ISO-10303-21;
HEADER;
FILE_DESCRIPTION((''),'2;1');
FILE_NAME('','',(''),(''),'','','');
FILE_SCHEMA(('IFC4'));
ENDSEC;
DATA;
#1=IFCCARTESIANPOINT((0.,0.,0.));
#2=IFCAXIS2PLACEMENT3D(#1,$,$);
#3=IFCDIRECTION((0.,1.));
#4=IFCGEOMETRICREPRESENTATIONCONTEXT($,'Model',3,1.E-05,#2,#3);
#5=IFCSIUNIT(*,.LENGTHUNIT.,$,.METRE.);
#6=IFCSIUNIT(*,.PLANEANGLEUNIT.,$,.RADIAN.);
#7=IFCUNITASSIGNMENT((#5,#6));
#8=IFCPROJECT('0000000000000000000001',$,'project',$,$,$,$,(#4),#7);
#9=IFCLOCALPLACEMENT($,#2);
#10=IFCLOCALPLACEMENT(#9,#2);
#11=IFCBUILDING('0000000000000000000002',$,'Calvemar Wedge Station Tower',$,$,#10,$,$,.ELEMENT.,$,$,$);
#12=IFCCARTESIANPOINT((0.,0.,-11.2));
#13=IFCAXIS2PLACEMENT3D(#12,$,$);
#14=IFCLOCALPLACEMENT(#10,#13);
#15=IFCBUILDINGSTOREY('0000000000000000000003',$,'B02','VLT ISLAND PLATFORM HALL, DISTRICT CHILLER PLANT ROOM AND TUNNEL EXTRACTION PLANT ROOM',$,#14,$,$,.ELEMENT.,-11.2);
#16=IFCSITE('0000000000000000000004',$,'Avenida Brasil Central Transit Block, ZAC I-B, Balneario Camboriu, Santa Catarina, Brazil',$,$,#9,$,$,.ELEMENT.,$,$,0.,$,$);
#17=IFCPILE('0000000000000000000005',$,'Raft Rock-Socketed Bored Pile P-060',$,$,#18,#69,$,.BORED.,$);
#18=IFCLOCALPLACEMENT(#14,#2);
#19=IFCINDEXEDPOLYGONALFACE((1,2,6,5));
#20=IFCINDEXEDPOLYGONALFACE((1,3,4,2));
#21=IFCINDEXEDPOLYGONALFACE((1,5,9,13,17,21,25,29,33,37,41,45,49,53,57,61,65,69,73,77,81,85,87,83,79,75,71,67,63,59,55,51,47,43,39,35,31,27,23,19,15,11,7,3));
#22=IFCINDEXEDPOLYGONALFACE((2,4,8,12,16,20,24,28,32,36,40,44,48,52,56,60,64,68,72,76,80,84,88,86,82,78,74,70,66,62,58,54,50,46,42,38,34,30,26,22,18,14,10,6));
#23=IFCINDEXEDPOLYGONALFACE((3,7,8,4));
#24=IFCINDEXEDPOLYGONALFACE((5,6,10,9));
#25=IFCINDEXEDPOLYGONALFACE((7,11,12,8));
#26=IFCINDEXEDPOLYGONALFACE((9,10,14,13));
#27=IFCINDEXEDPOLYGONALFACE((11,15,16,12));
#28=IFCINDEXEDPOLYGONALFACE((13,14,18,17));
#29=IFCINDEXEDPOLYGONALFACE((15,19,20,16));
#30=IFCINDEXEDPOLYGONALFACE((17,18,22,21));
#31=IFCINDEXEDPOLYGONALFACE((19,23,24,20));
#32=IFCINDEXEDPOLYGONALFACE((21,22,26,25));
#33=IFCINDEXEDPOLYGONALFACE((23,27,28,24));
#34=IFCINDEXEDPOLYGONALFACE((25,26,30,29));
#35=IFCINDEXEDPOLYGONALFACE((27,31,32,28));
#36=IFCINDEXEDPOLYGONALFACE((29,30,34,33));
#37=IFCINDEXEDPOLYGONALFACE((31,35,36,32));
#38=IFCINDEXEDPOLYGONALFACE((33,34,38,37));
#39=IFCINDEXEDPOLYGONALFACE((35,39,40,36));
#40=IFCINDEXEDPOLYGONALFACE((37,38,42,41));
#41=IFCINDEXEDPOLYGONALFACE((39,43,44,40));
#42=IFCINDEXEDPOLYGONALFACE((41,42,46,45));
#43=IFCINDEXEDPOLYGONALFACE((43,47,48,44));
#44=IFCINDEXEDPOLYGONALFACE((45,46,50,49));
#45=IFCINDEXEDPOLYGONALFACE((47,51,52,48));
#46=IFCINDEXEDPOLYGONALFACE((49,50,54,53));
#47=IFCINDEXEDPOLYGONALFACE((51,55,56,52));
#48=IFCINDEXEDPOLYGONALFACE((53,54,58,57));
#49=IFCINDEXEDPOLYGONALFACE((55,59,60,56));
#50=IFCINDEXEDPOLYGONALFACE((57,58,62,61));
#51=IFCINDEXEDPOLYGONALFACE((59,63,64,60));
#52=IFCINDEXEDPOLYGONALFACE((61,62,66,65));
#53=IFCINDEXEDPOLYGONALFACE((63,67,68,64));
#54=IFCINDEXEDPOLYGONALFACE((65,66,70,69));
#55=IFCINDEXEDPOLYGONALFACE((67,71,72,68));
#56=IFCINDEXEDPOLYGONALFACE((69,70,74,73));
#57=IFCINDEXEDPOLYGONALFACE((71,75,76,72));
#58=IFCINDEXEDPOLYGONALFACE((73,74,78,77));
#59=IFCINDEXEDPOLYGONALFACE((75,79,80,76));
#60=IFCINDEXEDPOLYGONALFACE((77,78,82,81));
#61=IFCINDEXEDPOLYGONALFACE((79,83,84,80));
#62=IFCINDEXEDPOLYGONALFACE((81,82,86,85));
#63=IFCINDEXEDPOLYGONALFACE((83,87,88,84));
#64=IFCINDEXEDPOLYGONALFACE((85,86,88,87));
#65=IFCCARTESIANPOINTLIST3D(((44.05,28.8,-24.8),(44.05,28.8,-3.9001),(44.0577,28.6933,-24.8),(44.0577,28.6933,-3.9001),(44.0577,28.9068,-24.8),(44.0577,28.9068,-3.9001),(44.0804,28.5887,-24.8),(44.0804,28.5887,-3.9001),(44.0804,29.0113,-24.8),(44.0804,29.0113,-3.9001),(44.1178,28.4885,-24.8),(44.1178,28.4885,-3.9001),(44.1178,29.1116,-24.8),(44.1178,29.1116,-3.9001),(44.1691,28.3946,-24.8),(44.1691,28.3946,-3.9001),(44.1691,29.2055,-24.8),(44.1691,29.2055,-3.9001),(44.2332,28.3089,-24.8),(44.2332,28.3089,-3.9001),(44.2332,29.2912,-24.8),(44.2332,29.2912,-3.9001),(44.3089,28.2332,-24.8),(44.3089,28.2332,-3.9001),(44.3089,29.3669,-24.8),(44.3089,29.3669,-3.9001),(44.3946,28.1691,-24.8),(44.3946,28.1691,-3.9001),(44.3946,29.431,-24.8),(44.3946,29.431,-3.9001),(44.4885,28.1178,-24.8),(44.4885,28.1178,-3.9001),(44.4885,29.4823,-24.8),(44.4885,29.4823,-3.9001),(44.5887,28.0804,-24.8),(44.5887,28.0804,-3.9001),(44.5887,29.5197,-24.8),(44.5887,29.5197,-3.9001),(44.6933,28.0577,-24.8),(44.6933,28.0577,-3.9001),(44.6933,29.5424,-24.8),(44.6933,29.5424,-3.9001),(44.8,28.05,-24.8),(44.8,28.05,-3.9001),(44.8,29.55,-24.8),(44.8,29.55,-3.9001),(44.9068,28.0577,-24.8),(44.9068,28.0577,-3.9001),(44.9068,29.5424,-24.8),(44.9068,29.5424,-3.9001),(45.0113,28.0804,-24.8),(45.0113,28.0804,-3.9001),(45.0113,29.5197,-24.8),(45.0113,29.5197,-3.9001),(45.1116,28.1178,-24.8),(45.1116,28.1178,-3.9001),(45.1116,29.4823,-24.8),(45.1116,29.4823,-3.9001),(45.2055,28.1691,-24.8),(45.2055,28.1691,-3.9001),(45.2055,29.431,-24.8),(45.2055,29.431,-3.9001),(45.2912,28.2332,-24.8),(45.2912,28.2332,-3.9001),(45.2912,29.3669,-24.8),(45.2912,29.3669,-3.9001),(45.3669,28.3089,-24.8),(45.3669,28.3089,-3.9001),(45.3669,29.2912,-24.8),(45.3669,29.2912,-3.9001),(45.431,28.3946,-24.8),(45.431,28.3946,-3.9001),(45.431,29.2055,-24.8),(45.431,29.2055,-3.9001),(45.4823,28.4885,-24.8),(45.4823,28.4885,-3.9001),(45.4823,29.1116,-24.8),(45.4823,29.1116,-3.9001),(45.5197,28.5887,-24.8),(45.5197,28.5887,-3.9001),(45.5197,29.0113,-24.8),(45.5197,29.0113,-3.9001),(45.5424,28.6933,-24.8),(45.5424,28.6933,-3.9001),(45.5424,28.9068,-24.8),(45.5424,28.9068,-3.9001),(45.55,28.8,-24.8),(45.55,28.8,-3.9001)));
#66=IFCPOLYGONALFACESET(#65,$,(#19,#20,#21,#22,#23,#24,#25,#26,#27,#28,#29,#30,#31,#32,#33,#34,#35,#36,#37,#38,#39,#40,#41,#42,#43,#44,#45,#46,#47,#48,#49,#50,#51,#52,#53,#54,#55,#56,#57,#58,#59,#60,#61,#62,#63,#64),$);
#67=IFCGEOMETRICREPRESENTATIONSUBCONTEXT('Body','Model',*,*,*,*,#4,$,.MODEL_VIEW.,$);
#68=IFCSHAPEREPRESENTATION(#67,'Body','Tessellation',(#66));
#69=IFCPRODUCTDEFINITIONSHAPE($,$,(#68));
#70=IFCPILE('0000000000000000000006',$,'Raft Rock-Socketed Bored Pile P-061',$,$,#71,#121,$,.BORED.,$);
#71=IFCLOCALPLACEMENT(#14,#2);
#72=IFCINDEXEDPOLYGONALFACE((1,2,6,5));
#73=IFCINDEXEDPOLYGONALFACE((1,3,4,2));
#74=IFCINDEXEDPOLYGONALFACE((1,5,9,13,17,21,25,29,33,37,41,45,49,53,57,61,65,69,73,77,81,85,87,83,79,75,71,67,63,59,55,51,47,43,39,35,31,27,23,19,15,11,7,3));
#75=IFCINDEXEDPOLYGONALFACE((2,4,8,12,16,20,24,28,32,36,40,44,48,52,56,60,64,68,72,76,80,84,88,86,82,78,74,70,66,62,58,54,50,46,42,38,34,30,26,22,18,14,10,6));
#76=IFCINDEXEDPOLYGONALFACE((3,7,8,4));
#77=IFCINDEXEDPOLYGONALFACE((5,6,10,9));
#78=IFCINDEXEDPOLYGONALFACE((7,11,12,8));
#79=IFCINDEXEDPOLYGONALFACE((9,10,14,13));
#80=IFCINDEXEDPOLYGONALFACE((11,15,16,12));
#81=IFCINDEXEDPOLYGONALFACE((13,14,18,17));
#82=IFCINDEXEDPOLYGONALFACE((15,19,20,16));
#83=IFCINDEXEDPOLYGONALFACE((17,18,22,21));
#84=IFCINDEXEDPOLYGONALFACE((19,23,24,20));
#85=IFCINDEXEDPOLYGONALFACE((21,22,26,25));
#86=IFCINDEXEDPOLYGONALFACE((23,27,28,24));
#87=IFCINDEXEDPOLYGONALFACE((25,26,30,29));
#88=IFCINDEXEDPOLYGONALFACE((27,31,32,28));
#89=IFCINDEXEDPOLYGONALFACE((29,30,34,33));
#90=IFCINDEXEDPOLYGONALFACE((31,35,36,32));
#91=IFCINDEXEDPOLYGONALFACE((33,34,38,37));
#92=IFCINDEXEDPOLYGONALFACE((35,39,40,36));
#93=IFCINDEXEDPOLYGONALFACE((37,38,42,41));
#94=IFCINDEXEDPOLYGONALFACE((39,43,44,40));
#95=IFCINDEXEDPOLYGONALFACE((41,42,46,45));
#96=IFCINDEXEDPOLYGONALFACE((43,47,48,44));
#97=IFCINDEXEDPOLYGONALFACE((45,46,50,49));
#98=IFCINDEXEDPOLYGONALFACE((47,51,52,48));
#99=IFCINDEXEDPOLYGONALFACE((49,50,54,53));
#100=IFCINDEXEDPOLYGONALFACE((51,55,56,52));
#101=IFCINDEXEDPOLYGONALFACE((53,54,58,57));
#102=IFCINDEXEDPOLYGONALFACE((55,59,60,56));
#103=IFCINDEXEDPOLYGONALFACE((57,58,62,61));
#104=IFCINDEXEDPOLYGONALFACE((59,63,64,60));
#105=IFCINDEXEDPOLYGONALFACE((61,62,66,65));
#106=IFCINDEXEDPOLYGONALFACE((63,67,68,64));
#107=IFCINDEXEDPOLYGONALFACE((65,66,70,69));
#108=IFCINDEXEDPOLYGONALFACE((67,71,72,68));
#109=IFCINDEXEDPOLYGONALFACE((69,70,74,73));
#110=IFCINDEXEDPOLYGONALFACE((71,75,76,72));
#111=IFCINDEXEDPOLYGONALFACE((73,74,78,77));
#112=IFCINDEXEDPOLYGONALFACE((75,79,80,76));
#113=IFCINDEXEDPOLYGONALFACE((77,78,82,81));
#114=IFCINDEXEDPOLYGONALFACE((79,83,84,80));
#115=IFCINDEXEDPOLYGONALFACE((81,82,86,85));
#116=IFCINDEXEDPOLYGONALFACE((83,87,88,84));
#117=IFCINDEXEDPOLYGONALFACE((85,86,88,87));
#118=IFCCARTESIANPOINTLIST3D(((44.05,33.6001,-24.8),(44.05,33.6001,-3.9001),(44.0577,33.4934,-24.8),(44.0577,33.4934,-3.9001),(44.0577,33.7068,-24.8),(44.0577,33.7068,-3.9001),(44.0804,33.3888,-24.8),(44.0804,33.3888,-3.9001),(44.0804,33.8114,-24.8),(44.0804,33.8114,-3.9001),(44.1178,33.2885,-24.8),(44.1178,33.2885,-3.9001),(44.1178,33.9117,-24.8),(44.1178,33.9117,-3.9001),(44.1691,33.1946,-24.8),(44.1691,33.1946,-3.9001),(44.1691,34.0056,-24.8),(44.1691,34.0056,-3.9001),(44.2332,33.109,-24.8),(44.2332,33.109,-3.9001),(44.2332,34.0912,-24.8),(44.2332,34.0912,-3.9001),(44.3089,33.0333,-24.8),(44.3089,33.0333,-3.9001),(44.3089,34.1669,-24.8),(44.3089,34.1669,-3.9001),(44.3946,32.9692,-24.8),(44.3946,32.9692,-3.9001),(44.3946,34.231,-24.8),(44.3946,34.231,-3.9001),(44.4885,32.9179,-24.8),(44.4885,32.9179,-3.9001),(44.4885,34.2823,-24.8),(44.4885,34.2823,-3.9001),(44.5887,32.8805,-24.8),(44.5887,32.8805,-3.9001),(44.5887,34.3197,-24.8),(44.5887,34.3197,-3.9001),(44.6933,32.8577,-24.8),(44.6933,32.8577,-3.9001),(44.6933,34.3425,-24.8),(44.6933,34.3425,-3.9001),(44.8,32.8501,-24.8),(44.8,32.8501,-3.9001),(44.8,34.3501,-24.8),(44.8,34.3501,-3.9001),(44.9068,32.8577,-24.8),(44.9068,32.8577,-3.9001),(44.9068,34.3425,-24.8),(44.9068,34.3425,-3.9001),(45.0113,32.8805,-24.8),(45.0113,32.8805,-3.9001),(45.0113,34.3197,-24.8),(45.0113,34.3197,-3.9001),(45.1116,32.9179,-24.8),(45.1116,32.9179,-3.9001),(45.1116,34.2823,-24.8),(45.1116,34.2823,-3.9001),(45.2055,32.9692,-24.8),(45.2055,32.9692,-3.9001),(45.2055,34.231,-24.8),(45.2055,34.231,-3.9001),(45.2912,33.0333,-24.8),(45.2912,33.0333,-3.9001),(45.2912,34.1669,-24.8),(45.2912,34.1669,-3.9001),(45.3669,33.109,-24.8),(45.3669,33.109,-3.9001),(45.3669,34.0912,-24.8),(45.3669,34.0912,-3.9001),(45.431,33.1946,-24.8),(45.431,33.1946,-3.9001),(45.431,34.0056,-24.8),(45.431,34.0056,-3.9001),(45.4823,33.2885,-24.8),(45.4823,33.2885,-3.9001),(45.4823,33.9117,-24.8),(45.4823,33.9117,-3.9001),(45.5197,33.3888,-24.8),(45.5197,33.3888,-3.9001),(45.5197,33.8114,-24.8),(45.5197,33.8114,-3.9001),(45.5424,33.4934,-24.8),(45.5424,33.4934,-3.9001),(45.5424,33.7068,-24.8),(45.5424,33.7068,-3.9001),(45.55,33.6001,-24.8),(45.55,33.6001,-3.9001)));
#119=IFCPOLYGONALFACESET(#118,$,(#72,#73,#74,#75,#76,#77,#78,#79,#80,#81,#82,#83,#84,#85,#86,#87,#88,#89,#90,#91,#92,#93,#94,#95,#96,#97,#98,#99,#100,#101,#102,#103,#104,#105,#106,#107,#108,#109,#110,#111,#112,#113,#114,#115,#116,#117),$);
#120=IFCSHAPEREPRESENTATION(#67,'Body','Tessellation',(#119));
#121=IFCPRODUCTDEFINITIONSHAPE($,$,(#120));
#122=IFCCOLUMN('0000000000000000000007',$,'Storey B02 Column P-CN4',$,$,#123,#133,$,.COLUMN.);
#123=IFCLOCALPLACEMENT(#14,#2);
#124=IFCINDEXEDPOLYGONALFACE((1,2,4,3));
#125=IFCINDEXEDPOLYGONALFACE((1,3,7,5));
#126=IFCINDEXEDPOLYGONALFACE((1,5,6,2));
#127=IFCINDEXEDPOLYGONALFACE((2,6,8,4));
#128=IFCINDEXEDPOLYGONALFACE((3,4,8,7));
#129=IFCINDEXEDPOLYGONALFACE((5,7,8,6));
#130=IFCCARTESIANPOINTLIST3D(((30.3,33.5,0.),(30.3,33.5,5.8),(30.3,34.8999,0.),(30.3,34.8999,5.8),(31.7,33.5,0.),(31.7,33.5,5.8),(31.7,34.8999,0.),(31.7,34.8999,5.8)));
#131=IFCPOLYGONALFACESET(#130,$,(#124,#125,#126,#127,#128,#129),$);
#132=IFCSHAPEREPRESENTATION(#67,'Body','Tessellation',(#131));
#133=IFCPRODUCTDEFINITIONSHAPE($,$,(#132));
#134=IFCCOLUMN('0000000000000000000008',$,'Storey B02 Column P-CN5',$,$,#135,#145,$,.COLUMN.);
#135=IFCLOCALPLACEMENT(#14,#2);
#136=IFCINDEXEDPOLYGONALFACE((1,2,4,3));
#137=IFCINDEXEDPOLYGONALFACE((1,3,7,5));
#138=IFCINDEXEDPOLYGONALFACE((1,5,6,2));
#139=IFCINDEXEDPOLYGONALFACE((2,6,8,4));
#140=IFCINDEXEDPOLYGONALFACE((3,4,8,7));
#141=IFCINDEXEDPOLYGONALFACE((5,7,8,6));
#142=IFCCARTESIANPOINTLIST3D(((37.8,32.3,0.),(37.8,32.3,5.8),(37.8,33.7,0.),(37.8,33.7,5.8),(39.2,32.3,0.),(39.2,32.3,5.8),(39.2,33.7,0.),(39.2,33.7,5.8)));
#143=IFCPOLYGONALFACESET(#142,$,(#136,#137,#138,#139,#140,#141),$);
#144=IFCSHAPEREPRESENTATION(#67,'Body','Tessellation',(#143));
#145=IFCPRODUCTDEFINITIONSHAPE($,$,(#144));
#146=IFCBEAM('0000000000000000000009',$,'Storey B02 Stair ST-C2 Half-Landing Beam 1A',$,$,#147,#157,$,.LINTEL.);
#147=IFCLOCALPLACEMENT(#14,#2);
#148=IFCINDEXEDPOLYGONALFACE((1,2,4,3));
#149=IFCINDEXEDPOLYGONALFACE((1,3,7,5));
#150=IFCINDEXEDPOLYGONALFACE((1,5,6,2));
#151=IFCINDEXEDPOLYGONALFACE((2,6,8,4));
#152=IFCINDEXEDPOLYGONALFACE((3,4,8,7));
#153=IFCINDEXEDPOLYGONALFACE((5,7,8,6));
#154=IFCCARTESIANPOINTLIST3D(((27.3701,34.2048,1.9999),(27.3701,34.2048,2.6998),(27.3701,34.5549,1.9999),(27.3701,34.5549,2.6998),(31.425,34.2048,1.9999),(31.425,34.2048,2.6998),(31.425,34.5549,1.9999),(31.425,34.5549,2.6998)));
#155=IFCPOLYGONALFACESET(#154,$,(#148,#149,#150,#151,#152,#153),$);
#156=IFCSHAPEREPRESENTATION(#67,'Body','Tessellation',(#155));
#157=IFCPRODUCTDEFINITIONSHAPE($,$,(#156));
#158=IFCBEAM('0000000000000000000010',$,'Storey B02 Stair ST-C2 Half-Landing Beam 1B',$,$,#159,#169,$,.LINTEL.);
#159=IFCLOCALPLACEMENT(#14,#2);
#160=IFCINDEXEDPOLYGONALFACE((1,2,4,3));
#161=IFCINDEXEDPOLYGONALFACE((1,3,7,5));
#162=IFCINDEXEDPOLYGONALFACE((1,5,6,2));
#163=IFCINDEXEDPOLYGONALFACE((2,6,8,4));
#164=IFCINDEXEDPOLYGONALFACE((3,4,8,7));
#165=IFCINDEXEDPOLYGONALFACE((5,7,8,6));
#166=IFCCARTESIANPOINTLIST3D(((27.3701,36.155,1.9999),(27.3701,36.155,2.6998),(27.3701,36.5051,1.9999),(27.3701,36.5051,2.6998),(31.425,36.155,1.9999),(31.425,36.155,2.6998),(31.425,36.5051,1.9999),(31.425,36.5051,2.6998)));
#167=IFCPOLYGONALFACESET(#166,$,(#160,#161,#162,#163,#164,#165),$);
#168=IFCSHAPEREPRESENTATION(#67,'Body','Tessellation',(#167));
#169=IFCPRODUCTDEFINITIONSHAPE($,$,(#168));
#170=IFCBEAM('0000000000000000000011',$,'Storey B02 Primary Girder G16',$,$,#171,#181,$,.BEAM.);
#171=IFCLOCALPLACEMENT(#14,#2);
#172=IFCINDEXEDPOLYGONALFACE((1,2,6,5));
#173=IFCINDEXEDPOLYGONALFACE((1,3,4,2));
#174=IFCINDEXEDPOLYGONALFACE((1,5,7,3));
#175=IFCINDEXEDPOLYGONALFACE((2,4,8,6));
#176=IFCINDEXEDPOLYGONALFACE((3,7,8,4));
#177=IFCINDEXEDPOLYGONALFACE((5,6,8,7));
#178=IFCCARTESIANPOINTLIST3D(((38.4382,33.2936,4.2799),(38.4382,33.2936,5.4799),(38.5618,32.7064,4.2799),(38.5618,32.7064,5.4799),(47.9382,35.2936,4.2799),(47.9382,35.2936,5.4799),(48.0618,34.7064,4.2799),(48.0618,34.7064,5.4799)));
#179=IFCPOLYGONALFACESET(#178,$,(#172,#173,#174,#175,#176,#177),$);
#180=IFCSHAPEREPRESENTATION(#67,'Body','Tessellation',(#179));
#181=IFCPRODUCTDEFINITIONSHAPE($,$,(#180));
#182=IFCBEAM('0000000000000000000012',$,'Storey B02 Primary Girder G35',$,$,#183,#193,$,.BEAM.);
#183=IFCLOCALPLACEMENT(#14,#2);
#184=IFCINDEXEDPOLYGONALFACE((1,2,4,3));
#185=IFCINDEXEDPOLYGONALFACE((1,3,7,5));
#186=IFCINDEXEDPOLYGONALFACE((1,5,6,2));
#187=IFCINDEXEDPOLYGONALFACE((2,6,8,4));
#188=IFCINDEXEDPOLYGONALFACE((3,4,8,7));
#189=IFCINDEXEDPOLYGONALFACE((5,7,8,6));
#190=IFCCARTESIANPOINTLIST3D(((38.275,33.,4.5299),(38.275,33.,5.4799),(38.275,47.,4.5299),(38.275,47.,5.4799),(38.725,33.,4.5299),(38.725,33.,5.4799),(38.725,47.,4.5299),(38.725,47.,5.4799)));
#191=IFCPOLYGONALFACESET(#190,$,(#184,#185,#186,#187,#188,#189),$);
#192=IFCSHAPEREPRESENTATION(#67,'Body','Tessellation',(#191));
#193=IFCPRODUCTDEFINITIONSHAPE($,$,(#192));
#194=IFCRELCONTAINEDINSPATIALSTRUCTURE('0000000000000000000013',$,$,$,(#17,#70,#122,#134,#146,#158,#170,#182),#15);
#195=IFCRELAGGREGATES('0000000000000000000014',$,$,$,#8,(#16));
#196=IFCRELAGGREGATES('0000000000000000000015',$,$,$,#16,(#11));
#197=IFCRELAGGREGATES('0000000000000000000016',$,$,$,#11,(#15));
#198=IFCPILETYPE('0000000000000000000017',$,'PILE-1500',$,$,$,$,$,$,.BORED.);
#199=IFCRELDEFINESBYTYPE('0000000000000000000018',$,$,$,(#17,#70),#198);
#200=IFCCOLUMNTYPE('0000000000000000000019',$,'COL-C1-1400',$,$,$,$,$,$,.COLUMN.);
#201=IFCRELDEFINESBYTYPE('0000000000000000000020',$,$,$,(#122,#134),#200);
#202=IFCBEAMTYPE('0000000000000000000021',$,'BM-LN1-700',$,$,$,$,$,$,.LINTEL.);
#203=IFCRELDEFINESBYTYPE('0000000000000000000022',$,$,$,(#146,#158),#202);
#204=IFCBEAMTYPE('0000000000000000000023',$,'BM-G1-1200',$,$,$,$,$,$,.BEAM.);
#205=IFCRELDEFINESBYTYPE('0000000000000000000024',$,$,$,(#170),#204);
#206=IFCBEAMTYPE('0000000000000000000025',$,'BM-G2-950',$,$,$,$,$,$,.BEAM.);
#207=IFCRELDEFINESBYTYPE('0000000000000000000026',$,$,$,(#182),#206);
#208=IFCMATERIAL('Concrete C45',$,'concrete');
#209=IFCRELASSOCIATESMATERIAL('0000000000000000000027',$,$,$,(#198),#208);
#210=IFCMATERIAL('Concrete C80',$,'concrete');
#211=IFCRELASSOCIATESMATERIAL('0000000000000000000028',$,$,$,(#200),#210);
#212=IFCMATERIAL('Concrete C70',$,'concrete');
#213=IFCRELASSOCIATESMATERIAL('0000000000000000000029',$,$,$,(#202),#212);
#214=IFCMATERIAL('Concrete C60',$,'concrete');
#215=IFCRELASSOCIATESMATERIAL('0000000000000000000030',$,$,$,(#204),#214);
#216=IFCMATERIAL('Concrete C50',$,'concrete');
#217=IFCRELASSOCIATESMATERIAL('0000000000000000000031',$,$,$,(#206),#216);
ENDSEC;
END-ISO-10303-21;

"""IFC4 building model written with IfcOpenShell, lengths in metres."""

from ifc_helpers import new_model, si_unit, direction, frame, origin, origin_2d, place, context, subcontext, project, spatial, rectangle, circle, extrude, source, transform, mapped, material, material_profile, profile_set, type_object, element, save


model = new_model("IFC4")

# Units and contexts
model_context = context("Model", 3, precision=1e-05, world=origin(), true_north=direction((0.0, 1.0)))
body_context = subcontext(model_context, "Body", "Model", "MODEL_VIEW")
ifc_project = project(units=[si_unit("LENGTHUNIT", "METRE"), si_unit("PLANEANGLEUNIT", "RADIAN")], contexts=[model_context])

# Site, building, storey
site_placement = place(None, origin())
site = spatial("IfcSite", under=ifc_project, at=site_placement, Name="Avenida Brasil Central Transit Block, ZAC I-B, Balneario Camboriu, Santa Catarina, Brazil", CompositionType="ELEMENT", RefElevation=0.0)
building_placement = place(site_placement, origin())
building = spatial("IfcBuilding", under=site, at=building_placement, Name="Calvemar Wedge Station Tower", CompositionType="ELEMENT")
storey_placement = place(building_placement, frame((0.0, 0.0, -11.2)))
storey = spatial("IfcBuildingStorey", under=building, at=storey_placement, Name="B02", Description="VLT ISLAND PLATFORM HALL, DISTRICT CHILLER PLANT ROOM AND TUNNEL EXTRACTION PLANT ROOM", CompositionType="ELEMENT", Elevation=-11.2)

# Piles
ifc_material_1 = material(Name="Concrete C45", Category="concrete")
ifc_material_profile_1 = material_profile(ifc_material_1, circle(Radius=0.75, at=origin_2d()), Name="PILE-D1500")
ifc_profile_set_1 = profile_set([ifc_material_profile_1], Name="Concrete C45")
pile_type = type_object("IfcPileType", Name="PILE-1500", PredefinedType="BORED", material=ifc_profile_set_1)
for number, where, z_axis, x_axis, name in (
    (1, (44.8, 28.8, -3.9001), (0.0, 0.0, -1.0), (1.0, 0.0, 0.0), "Raft Rock-Socketed Bored Pile P-060"),
    (2, (44.8, 33.6001, -3.9001), (0.0, 0.0, -1.0), (1.0, 0.0, 0.0), "Raft Rock-Socketed Bored Pile P-061"),
):
    element("IfcPile", number, at=place(storey_placement, frame(where, z_axis=z_axis, x_axis=x_axis)), inside=storey, type_object=pile_type, Name=name, PredefinedType="BORED", context=body_context, shape_type="SweptSolid", body=[
        extrude(circle(Radius=0.75, at=origin_2d()), origin(), (0.0, 0.0, 1.0), 20.8999),
    ])

# Columns
ifc_material_2 = material(Name="Concrete C80", Category="concrete")
ifc_material_profile_2 = material_profile(ifc_material_2, rectangle(XDim=1.3999, YDim=1.3999, at=origin_2d()), Name="RC1400x1400")
ifc_profile_set_2 = profile_set([ifc_material_profile_2], Name="Concrete C80")
column_type = type_object("IfcColumnType", Name="COL-C1-1400", PredefinedType="COLUMN", material=ifc_profile_set_2)
shared_shape_1 = source(origin(), body_context, "Body", "SweptSolid", [
    extrude(rectangle(XDim=1.3999, YDim=1.3999, at=origin_2d()), origin(), (0.0, 0.0, 1.0), 5.8),
])
for number, where, z_axis, x_axis, name in (
    (3, (31.0, 34.2, 0.0), (0.0, 0.0, 1.0), (1.0, 0.0, 0.0), "Storey B02 Column P-CN4"),
    (4, (38.5, 33.0, 0.0), (0.0, 0.0, 1.0), (1.0, 0.0, 0.0), "Storey B02 Column P-CN5"),
):
    element("IfcColumn", number, at=place(storey_placement, frame(where, z_axis=z_axis, x_axis=x_axis)), inside=storey, type_object=column_type, Name=name, PredefinedType="COLUMN", context=body_context, shape_type="MappedRepresentation", body=[
        mapped(shared_shape_1, transform((0.0, 0.0, 0.0), scale=1.0)),
    ])

# Beams
ifc_material_3 = material(Name="Concrete C70", Category="concrete")
ifc_material_profile_3 = material_profile(ifc_material_3, rectangle(XDim=0.3501, YDim=0.7, at=origin_2d()), Name="RC350x700")
ifc_profile_set_3 = profile_set([ifc_material_profile_3], Name="Concrete C70")
beam_type_1 = type_object("IfcBeamType", Name="BM-LN1-700", PredefinedType="LINTEL", material=ifc_profile_set_3)
shared_shape_2 = source(origin(), body_context, "Body", "SweptSolid", [
    extrude(rectangle(XDim=0.3501, YDim=0.7, at=origin_2d()), origin(), (0.0, 0.0, 1.0), 4.0549),
])
for number, where, z_axis, x_axis, name in (
    (5, (27.3701, 34.3799, 2.3499), (1.0, 0.0, 0.0), (0.0, 1.0, 0.0), "Storey B02 Stair ST-C2 Half-Landing Beam 1A"),
    (6, (27.3701, 36.3301, 2.3499), (1.0, 0.0, 0.0), (0.0, 1.0, 0.0), "Storey B02 Stair ST-C2 Half-Landing Beam 1B"),
):
    element("IfcBeam", number, at=place(storey_placement, frame(where, z_axis=z_axis, x_axis=x_axis)), inside=storey, type_object=beam_type_1, Name=name, PredefinedType="LINTEL", context=body_context, shape_type="MappedRepresentation", body=[
        mapped(shared_shape_2, transform((0.0, 0.0, 0.0), scale=1.0)),
    ])
ifc_material_4 = material(Name="Concrete C60", Category="concrete")
ifc_material_profile_4 = material_profile(ifc_material_4, rectangle(XDim=0.6001, YDim=1.2, at=origin_2d()), Name="RC600x1200")
ifc_profile_set_4 = profile_set([ifc_material_profile_4], Name="Concrete C60")
beam_type_2 = type_object("IfcBeamType", Name="BM-G1-1200", PredefinedType="BEAM", material=ifc_profile_set_4)
shared_shape_3 = source(origin(), body_context, "Body", "SweptSolid", [
    extrude(rectangle(XDim=0.6001, YDim=1.2, at=origin_2d()), origin(), (0.0, 0.0, 1.0), 9.7083),
])
beam_1_placement = place(storey_placement, frame((38.5, 33.0, 4.8799), z_axis=(0.97855, 0.20601, 0.0), x_axis=(-0.20601, 0.97855, 0.0)))
element("IfcBeam", 7, at=beam_1_placement, inside=storey, type_object=beam_type_2, Name="Storey B02 Primary Girder G16", PredefinedType="BEAM", context=body_context, shape_type="MappedRepresentation", body=[
    mapped(shared_shape_3, transform((0.0, 0.0, 0.0), scale=1.0)),
])
ifc_material_5 = material(Name="Concrete C50", Category="concrete")
ifc_material_profile_5 = material_profile(ifc_material_5, rectangle(XDim=0.45, YDim=0.95, at=origin_2d()), Name="RC450x950")
ifc_profile_set_5 = profile_set([ifc_material_profile_5], Name="Concrete C50")
beam_type_3 = type_object("IfcBeamType", Name="BM-G2-950", PredefinedType="BEAM", material=ifc_profile_set_5)
shared_shape_4 = source(origin(), body_context, "Body", "SweptSolid", [
    extrude(rectangle(XDim=0.45, YDim=0.95, at=origin_2d()), origin(), (0.0, 0.0, 1.0), 14.0),
])
beam_2_placement = place(storey_placement, frame((38.5, 33.0, 5.0049), z_axis=(0.0, 1.0, 0.0), x_axis=(-1.0, 0.0, 0.0)))
element("IfcBeam", 8, at=beam_2_placement, inside=storey, type_object=beam_type_3, Name="Storey B02 Primary Girder G35", PredefinedType="BEAM", context=body_context, shape_type="MappedRepresentation", body=[
    mapped(shared_shape_4, transform((0.0, 0.0, 0.0), scale=1.0)),
])

save(model, "model.ifc")
